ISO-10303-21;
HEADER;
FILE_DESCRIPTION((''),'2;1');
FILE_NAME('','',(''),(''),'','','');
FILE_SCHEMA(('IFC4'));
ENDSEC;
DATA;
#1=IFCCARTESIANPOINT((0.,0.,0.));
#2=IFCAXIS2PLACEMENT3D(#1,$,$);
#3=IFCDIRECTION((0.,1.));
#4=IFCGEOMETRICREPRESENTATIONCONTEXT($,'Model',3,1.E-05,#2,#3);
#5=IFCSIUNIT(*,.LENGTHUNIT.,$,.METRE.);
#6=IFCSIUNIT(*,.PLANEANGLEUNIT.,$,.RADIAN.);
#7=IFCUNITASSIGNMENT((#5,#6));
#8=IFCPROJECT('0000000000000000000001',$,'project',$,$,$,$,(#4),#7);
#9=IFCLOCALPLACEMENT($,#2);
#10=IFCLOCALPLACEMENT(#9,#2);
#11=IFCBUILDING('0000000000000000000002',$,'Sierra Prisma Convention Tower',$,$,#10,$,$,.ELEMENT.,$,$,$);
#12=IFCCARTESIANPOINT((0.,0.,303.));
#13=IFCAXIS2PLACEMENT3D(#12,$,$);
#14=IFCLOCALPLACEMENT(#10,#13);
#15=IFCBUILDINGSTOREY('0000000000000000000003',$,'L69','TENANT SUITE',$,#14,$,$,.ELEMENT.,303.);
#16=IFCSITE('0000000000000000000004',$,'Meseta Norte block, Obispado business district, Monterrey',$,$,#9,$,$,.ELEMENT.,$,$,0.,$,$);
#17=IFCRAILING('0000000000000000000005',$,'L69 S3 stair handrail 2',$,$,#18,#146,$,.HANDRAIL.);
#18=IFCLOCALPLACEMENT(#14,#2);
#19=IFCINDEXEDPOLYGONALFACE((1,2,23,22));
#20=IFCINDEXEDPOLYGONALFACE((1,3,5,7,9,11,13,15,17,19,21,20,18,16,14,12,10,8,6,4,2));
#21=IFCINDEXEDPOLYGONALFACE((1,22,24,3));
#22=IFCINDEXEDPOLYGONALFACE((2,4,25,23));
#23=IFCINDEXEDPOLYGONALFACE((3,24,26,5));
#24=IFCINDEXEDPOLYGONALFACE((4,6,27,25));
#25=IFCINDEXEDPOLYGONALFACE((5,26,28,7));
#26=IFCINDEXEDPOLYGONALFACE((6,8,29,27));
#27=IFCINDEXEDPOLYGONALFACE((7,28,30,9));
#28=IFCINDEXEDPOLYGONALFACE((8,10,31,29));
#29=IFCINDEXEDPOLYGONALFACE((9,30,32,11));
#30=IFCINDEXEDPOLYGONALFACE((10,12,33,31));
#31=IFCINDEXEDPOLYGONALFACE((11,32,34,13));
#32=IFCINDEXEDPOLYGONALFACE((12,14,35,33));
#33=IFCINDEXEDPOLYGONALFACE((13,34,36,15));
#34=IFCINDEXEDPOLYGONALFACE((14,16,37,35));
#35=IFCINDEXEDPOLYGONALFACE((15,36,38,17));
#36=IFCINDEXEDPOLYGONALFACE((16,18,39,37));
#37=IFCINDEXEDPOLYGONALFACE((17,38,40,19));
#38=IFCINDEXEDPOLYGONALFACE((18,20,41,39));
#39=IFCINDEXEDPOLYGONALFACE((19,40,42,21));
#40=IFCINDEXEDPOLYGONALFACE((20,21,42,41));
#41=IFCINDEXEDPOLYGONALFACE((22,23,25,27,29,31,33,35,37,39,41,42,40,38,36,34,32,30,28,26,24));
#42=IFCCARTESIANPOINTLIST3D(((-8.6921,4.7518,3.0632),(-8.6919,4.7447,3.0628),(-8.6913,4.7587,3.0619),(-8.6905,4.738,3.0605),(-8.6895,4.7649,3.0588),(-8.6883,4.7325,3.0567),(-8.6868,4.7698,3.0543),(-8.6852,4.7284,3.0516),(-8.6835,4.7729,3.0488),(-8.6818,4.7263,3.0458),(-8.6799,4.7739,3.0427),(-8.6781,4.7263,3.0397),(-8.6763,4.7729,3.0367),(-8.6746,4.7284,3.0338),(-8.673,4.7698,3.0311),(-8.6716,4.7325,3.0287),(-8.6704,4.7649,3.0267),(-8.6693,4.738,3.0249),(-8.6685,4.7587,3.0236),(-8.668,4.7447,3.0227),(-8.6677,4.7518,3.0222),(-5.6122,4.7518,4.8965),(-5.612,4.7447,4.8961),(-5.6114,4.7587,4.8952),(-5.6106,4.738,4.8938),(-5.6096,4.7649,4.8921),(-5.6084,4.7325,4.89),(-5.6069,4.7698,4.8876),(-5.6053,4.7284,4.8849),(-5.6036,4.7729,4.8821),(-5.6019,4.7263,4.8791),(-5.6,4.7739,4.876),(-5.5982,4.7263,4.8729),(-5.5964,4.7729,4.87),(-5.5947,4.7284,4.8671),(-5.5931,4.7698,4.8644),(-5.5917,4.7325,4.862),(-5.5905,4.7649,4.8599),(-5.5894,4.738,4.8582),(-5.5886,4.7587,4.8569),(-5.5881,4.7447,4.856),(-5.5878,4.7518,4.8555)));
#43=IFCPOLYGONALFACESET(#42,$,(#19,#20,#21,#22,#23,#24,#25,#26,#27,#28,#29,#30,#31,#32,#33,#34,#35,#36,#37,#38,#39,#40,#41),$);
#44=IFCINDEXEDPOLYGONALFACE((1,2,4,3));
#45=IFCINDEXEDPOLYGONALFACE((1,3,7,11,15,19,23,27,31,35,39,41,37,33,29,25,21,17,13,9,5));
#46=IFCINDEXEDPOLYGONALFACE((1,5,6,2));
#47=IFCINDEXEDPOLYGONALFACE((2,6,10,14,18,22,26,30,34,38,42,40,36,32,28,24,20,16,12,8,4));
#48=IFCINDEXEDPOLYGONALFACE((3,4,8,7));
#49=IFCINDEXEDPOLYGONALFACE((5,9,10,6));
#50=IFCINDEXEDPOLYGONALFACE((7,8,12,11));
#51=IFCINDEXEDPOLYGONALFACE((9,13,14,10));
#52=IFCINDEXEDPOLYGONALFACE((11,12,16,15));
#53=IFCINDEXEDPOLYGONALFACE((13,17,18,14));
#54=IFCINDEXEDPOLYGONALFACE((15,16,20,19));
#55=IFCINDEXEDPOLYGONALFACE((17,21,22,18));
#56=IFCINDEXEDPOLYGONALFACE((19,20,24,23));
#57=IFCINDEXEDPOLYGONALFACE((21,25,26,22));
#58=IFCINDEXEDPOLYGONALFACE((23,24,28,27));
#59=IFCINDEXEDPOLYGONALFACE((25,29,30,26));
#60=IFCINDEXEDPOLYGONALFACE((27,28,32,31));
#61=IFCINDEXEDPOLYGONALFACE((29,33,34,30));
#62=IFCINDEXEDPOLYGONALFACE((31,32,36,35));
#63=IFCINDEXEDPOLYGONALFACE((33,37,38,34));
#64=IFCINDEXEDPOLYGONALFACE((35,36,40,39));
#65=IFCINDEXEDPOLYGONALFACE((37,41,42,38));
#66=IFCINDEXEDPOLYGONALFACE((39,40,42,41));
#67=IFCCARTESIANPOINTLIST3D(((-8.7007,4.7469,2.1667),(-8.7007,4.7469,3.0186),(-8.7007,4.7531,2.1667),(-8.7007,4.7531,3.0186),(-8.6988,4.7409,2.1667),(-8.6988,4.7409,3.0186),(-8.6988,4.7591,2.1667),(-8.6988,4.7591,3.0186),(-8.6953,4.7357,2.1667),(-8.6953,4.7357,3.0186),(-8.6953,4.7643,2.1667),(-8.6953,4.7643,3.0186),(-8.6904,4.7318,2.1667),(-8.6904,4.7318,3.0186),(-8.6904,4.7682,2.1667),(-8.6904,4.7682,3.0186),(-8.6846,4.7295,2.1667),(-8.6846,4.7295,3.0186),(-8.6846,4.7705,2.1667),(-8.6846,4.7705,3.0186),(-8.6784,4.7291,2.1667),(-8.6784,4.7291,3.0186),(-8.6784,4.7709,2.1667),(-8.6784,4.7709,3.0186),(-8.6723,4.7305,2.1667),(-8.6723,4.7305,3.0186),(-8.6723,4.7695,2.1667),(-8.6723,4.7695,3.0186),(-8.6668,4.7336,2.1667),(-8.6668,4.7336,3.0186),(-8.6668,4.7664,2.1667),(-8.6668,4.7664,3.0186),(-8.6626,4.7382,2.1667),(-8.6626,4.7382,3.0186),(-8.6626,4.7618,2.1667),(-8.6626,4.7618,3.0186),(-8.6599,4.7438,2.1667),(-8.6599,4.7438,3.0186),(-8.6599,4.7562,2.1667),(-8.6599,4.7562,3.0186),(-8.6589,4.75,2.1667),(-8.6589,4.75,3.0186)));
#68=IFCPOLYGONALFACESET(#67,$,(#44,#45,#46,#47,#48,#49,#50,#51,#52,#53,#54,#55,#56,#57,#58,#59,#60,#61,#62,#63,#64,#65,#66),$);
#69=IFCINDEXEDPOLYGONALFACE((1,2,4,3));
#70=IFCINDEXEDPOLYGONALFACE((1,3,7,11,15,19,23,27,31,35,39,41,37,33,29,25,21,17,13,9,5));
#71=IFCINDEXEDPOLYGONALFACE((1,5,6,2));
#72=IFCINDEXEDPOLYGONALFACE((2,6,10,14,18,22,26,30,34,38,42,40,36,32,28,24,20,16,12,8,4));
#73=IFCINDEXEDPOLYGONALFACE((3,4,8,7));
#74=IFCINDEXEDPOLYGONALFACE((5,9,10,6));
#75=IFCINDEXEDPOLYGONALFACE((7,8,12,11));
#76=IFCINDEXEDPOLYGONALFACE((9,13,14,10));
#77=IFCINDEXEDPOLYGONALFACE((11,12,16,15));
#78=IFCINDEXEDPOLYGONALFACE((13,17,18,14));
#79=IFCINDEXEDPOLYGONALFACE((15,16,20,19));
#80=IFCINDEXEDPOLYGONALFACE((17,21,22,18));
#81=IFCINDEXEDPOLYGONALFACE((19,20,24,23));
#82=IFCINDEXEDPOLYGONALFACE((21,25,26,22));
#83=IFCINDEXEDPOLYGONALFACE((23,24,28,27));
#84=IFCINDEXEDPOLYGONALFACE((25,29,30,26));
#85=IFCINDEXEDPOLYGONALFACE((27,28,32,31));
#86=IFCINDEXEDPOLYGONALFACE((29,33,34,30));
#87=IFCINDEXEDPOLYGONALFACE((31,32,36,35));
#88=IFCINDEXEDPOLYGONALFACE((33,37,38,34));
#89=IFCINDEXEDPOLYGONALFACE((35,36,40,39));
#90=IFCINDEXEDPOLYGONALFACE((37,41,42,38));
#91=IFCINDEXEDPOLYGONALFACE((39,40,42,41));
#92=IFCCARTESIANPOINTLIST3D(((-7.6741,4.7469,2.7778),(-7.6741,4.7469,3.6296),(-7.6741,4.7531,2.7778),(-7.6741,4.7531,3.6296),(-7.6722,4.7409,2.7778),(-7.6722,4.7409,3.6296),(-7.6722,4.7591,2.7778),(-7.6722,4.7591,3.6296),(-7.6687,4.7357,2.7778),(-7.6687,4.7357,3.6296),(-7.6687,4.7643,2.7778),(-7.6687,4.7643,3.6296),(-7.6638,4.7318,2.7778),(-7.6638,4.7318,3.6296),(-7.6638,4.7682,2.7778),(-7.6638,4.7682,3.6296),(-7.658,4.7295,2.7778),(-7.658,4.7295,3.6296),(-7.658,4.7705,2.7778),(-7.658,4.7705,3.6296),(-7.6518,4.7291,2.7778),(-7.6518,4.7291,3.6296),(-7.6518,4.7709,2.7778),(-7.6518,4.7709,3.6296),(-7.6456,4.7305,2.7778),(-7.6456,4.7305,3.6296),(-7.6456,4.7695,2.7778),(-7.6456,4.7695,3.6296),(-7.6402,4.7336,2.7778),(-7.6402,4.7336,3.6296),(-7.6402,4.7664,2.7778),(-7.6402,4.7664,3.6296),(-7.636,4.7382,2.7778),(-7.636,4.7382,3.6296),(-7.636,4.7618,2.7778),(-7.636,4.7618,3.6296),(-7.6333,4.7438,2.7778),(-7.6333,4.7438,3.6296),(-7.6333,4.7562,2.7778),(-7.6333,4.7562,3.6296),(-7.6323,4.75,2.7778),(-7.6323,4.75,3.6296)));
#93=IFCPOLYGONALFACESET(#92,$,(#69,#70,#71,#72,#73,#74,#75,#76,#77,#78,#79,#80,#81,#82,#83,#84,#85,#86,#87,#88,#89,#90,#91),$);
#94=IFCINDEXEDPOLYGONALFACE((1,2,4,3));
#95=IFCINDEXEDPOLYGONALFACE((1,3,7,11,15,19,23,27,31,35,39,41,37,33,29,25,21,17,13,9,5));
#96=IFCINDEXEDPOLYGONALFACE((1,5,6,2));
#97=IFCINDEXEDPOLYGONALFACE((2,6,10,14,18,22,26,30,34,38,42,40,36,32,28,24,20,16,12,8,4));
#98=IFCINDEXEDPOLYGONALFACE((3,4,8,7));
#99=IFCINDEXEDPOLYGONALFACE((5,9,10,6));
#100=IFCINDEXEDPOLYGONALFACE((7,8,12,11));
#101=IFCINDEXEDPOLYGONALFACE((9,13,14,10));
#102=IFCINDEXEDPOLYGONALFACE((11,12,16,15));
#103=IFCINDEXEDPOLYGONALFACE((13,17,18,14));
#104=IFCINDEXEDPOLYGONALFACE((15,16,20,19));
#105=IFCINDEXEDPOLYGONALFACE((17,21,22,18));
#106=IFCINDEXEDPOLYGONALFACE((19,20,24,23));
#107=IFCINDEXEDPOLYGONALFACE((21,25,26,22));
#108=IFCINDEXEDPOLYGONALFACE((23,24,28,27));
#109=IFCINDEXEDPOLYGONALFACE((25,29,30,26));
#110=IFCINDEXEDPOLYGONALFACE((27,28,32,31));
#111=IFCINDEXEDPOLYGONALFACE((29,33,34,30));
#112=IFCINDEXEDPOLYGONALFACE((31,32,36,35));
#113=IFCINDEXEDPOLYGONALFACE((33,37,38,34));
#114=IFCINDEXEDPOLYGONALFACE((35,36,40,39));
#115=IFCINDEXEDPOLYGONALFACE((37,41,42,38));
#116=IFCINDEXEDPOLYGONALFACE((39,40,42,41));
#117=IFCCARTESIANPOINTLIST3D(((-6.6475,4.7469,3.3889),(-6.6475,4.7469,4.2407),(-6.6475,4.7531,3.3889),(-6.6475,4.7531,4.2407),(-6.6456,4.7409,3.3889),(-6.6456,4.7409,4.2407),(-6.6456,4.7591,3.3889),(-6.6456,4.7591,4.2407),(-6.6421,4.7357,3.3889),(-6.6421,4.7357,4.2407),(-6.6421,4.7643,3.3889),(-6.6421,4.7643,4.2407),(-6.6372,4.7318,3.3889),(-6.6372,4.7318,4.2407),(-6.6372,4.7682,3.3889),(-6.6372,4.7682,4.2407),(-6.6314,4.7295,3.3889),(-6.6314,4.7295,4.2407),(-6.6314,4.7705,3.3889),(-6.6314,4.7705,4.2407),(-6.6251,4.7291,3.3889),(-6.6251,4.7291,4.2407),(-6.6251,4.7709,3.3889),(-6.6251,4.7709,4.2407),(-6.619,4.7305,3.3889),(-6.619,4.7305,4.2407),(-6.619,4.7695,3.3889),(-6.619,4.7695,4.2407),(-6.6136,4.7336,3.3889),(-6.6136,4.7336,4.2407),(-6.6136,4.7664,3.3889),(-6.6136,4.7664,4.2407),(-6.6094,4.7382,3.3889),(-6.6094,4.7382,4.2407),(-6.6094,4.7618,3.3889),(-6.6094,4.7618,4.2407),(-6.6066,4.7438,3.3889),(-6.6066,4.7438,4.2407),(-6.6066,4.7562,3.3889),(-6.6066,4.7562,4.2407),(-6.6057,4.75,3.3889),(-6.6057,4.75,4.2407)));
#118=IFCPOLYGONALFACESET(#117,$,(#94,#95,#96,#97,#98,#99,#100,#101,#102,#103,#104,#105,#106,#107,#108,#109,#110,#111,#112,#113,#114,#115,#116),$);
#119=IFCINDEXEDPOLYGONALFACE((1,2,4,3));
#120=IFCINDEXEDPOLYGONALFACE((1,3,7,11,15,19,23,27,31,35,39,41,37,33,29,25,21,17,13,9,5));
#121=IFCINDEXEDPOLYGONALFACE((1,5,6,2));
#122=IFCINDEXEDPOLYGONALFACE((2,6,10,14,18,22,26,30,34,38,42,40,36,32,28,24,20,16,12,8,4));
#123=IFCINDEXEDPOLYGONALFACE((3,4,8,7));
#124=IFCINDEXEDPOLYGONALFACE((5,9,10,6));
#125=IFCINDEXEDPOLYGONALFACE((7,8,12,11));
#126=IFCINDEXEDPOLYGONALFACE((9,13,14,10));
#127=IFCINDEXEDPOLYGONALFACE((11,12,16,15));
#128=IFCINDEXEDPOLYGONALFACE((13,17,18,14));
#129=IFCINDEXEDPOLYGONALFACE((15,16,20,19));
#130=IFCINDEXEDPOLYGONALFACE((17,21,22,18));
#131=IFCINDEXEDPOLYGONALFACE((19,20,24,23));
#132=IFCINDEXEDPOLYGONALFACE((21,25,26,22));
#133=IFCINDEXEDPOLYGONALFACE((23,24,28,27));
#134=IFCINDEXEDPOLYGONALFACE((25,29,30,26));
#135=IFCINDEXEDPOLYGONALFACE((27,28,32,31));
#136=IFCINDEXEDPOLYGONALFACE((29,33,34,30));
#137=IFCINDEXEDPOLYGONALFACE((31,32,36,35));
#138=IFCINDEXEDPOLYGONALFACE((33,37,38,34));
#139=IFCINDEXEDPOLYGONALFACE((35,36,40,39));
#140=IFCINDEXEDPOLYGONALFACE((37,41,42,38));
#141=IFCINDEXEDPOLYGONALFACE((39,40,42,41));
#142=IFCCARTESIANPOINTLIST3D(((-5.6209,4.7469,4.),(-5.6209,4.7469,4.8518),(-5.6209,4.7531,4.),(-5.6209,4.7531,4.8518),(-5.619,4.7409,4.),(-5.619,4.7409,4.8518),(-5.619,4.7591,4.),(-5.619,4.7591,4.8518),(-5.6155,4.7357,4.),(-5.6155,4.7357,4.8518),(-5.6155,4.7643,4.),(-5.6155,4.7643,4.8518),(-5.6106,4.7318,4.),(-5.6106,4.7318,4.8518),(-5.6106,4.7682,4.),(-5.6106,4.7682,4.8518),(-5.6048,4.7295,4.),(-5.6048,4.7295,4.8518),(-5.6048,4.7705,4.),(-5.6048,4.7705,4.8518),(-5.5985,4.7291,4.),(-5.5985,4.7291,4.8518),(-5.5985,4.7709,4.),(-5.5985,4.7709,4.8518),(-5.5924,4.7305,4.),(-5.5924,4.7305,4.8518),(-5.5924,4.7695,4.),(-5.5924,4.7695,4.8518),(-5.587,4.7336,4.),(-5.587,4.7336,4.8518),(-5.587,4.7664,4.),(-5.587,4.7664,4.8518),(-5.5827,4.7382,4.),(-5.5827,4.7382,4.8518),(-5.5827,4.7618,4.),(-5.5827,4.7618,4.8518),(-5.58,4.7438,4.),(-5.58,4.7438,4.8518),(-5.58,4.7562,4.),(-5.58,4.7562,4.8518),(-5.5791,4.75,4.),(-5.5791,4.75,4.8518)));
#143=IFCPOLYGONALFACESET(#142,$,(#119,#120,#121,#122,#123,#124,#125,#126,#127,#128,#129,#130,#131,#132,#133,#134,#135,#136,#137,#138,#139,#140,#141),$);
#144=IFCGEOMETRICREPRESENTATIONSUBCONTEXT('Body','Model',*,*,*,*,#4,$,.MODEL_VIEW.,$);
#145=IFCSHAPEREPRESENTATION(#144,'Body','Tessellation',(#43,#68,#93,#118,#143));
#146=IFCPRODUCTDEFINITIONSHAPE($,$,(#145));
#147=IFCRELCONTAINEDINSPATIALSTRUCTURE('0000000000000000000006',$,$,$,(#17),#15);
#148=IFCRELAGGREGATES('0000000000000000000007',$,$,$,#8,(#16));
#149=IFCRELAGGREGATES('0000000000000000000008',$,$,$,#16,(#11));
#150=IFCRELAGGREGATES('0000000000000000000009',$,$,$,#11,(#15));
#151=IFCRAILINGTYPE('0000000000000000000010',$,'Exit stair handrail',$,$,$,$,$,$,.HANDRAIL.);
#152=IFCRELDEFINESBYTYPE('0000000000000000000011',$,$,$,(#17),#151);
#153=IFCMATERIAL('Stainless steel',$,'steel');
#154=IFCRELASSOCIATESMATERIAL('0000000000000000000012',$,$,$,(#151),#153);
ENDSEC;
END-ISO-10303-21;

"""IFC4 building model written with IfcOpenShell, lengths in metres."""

from ifc_helpers import new_model, si_unit, direction, frame, origin, origin_2d, place, context, subcontext, project, spatial, circle, extrude, material, type_object, element, save


model = new_model("IFC4")

# Units and contexts
model_context = context("Model", 3, precision=1e-05, world=origin(), true_north=direction((0.0, 1.0)))
body_context = subcontext(model_context, "Body", "Model", "MODEL_VIEW")
ifc_project = project(units=[si_unit("LENGTHUNIT", "METRE"), si_unit("PLANEANGLEUNIT", "RADIAN")], contexts=[model_context])

# Site, building, storey
site_placement = place(None, origin())
site = spatial("IfcSite", under=ifc_project, at=site_placement, Name="Meseta Norte block, Obispado business district, Monterrey", CompositionType="ELEMENT", RefElevation=0.0)
building_placement = place(site_placement, origin())
building = spatial("IfcBuilding", under=site, at=building_placement, Name="Sierra Prisma Convention Tower", CompositionType="ELEMENT")
storey_placement = place(building_placement, frame((0.0, 0.0, 303.0)))
storey = spatial("IfcBuildingStorey", under=building, at=storey_placement, Name="L69", Description="TENANT SUITE", CompositionType="ELEMENT", Elevation=303.0)

# Railing
ifc_material_1 = material(Name="Stainless steel", Category="steel")
railing_type_1 = type_object("IfcRailingType", Name="Exit stair handrail", PredefinedType="HANDRAIL", material=ifc_material_1)
railing_1_placement = place(storey_placement, frame((-8.6799, 4.75, 2.1667)))
element("IfcRailing", 1, at=railing_1_placement, inside=storey, type_object=railing_type_1, Name="L69 S3 stair handrail 2", PredefinedType="HANDRAIL", context=body_context, shape_type="SweptSolid", body=[
    extrude(circle(Radius=0.0239, at=origin_2d()), frame((0.0, 0.0, 0.876), z_axis=(0.859291, 0.0, 0.511487), x_axis=(0.0, 1.0, 0.0)), (0.0, 0.0, 1.0), 3.5842),
    extrude(circle(Radius=0.021, at=origin_2d()), origin(), (0.0, 0.0, 1.0), 0.8518),
    extrude(circle(Radius=0.021, at=origin_2d()), frame((1.0266, 0.0, 0.6111)), (0.0, 0.0, 1.0), 0.8518),
    extrude(circle(Radius=0.021, at=origin_2d()), frame((2.0532, 0.0, 1.2222)), (0.0, 0.0, 1.0), 0.8518),
    extrude(circle(Radius=0.021, at=origin_2d()), frame((3.0798, 0.0, 1.8333)), (0.0, 0.0, 1.0), 0.8518),
])

save(model, "model.ifc")
